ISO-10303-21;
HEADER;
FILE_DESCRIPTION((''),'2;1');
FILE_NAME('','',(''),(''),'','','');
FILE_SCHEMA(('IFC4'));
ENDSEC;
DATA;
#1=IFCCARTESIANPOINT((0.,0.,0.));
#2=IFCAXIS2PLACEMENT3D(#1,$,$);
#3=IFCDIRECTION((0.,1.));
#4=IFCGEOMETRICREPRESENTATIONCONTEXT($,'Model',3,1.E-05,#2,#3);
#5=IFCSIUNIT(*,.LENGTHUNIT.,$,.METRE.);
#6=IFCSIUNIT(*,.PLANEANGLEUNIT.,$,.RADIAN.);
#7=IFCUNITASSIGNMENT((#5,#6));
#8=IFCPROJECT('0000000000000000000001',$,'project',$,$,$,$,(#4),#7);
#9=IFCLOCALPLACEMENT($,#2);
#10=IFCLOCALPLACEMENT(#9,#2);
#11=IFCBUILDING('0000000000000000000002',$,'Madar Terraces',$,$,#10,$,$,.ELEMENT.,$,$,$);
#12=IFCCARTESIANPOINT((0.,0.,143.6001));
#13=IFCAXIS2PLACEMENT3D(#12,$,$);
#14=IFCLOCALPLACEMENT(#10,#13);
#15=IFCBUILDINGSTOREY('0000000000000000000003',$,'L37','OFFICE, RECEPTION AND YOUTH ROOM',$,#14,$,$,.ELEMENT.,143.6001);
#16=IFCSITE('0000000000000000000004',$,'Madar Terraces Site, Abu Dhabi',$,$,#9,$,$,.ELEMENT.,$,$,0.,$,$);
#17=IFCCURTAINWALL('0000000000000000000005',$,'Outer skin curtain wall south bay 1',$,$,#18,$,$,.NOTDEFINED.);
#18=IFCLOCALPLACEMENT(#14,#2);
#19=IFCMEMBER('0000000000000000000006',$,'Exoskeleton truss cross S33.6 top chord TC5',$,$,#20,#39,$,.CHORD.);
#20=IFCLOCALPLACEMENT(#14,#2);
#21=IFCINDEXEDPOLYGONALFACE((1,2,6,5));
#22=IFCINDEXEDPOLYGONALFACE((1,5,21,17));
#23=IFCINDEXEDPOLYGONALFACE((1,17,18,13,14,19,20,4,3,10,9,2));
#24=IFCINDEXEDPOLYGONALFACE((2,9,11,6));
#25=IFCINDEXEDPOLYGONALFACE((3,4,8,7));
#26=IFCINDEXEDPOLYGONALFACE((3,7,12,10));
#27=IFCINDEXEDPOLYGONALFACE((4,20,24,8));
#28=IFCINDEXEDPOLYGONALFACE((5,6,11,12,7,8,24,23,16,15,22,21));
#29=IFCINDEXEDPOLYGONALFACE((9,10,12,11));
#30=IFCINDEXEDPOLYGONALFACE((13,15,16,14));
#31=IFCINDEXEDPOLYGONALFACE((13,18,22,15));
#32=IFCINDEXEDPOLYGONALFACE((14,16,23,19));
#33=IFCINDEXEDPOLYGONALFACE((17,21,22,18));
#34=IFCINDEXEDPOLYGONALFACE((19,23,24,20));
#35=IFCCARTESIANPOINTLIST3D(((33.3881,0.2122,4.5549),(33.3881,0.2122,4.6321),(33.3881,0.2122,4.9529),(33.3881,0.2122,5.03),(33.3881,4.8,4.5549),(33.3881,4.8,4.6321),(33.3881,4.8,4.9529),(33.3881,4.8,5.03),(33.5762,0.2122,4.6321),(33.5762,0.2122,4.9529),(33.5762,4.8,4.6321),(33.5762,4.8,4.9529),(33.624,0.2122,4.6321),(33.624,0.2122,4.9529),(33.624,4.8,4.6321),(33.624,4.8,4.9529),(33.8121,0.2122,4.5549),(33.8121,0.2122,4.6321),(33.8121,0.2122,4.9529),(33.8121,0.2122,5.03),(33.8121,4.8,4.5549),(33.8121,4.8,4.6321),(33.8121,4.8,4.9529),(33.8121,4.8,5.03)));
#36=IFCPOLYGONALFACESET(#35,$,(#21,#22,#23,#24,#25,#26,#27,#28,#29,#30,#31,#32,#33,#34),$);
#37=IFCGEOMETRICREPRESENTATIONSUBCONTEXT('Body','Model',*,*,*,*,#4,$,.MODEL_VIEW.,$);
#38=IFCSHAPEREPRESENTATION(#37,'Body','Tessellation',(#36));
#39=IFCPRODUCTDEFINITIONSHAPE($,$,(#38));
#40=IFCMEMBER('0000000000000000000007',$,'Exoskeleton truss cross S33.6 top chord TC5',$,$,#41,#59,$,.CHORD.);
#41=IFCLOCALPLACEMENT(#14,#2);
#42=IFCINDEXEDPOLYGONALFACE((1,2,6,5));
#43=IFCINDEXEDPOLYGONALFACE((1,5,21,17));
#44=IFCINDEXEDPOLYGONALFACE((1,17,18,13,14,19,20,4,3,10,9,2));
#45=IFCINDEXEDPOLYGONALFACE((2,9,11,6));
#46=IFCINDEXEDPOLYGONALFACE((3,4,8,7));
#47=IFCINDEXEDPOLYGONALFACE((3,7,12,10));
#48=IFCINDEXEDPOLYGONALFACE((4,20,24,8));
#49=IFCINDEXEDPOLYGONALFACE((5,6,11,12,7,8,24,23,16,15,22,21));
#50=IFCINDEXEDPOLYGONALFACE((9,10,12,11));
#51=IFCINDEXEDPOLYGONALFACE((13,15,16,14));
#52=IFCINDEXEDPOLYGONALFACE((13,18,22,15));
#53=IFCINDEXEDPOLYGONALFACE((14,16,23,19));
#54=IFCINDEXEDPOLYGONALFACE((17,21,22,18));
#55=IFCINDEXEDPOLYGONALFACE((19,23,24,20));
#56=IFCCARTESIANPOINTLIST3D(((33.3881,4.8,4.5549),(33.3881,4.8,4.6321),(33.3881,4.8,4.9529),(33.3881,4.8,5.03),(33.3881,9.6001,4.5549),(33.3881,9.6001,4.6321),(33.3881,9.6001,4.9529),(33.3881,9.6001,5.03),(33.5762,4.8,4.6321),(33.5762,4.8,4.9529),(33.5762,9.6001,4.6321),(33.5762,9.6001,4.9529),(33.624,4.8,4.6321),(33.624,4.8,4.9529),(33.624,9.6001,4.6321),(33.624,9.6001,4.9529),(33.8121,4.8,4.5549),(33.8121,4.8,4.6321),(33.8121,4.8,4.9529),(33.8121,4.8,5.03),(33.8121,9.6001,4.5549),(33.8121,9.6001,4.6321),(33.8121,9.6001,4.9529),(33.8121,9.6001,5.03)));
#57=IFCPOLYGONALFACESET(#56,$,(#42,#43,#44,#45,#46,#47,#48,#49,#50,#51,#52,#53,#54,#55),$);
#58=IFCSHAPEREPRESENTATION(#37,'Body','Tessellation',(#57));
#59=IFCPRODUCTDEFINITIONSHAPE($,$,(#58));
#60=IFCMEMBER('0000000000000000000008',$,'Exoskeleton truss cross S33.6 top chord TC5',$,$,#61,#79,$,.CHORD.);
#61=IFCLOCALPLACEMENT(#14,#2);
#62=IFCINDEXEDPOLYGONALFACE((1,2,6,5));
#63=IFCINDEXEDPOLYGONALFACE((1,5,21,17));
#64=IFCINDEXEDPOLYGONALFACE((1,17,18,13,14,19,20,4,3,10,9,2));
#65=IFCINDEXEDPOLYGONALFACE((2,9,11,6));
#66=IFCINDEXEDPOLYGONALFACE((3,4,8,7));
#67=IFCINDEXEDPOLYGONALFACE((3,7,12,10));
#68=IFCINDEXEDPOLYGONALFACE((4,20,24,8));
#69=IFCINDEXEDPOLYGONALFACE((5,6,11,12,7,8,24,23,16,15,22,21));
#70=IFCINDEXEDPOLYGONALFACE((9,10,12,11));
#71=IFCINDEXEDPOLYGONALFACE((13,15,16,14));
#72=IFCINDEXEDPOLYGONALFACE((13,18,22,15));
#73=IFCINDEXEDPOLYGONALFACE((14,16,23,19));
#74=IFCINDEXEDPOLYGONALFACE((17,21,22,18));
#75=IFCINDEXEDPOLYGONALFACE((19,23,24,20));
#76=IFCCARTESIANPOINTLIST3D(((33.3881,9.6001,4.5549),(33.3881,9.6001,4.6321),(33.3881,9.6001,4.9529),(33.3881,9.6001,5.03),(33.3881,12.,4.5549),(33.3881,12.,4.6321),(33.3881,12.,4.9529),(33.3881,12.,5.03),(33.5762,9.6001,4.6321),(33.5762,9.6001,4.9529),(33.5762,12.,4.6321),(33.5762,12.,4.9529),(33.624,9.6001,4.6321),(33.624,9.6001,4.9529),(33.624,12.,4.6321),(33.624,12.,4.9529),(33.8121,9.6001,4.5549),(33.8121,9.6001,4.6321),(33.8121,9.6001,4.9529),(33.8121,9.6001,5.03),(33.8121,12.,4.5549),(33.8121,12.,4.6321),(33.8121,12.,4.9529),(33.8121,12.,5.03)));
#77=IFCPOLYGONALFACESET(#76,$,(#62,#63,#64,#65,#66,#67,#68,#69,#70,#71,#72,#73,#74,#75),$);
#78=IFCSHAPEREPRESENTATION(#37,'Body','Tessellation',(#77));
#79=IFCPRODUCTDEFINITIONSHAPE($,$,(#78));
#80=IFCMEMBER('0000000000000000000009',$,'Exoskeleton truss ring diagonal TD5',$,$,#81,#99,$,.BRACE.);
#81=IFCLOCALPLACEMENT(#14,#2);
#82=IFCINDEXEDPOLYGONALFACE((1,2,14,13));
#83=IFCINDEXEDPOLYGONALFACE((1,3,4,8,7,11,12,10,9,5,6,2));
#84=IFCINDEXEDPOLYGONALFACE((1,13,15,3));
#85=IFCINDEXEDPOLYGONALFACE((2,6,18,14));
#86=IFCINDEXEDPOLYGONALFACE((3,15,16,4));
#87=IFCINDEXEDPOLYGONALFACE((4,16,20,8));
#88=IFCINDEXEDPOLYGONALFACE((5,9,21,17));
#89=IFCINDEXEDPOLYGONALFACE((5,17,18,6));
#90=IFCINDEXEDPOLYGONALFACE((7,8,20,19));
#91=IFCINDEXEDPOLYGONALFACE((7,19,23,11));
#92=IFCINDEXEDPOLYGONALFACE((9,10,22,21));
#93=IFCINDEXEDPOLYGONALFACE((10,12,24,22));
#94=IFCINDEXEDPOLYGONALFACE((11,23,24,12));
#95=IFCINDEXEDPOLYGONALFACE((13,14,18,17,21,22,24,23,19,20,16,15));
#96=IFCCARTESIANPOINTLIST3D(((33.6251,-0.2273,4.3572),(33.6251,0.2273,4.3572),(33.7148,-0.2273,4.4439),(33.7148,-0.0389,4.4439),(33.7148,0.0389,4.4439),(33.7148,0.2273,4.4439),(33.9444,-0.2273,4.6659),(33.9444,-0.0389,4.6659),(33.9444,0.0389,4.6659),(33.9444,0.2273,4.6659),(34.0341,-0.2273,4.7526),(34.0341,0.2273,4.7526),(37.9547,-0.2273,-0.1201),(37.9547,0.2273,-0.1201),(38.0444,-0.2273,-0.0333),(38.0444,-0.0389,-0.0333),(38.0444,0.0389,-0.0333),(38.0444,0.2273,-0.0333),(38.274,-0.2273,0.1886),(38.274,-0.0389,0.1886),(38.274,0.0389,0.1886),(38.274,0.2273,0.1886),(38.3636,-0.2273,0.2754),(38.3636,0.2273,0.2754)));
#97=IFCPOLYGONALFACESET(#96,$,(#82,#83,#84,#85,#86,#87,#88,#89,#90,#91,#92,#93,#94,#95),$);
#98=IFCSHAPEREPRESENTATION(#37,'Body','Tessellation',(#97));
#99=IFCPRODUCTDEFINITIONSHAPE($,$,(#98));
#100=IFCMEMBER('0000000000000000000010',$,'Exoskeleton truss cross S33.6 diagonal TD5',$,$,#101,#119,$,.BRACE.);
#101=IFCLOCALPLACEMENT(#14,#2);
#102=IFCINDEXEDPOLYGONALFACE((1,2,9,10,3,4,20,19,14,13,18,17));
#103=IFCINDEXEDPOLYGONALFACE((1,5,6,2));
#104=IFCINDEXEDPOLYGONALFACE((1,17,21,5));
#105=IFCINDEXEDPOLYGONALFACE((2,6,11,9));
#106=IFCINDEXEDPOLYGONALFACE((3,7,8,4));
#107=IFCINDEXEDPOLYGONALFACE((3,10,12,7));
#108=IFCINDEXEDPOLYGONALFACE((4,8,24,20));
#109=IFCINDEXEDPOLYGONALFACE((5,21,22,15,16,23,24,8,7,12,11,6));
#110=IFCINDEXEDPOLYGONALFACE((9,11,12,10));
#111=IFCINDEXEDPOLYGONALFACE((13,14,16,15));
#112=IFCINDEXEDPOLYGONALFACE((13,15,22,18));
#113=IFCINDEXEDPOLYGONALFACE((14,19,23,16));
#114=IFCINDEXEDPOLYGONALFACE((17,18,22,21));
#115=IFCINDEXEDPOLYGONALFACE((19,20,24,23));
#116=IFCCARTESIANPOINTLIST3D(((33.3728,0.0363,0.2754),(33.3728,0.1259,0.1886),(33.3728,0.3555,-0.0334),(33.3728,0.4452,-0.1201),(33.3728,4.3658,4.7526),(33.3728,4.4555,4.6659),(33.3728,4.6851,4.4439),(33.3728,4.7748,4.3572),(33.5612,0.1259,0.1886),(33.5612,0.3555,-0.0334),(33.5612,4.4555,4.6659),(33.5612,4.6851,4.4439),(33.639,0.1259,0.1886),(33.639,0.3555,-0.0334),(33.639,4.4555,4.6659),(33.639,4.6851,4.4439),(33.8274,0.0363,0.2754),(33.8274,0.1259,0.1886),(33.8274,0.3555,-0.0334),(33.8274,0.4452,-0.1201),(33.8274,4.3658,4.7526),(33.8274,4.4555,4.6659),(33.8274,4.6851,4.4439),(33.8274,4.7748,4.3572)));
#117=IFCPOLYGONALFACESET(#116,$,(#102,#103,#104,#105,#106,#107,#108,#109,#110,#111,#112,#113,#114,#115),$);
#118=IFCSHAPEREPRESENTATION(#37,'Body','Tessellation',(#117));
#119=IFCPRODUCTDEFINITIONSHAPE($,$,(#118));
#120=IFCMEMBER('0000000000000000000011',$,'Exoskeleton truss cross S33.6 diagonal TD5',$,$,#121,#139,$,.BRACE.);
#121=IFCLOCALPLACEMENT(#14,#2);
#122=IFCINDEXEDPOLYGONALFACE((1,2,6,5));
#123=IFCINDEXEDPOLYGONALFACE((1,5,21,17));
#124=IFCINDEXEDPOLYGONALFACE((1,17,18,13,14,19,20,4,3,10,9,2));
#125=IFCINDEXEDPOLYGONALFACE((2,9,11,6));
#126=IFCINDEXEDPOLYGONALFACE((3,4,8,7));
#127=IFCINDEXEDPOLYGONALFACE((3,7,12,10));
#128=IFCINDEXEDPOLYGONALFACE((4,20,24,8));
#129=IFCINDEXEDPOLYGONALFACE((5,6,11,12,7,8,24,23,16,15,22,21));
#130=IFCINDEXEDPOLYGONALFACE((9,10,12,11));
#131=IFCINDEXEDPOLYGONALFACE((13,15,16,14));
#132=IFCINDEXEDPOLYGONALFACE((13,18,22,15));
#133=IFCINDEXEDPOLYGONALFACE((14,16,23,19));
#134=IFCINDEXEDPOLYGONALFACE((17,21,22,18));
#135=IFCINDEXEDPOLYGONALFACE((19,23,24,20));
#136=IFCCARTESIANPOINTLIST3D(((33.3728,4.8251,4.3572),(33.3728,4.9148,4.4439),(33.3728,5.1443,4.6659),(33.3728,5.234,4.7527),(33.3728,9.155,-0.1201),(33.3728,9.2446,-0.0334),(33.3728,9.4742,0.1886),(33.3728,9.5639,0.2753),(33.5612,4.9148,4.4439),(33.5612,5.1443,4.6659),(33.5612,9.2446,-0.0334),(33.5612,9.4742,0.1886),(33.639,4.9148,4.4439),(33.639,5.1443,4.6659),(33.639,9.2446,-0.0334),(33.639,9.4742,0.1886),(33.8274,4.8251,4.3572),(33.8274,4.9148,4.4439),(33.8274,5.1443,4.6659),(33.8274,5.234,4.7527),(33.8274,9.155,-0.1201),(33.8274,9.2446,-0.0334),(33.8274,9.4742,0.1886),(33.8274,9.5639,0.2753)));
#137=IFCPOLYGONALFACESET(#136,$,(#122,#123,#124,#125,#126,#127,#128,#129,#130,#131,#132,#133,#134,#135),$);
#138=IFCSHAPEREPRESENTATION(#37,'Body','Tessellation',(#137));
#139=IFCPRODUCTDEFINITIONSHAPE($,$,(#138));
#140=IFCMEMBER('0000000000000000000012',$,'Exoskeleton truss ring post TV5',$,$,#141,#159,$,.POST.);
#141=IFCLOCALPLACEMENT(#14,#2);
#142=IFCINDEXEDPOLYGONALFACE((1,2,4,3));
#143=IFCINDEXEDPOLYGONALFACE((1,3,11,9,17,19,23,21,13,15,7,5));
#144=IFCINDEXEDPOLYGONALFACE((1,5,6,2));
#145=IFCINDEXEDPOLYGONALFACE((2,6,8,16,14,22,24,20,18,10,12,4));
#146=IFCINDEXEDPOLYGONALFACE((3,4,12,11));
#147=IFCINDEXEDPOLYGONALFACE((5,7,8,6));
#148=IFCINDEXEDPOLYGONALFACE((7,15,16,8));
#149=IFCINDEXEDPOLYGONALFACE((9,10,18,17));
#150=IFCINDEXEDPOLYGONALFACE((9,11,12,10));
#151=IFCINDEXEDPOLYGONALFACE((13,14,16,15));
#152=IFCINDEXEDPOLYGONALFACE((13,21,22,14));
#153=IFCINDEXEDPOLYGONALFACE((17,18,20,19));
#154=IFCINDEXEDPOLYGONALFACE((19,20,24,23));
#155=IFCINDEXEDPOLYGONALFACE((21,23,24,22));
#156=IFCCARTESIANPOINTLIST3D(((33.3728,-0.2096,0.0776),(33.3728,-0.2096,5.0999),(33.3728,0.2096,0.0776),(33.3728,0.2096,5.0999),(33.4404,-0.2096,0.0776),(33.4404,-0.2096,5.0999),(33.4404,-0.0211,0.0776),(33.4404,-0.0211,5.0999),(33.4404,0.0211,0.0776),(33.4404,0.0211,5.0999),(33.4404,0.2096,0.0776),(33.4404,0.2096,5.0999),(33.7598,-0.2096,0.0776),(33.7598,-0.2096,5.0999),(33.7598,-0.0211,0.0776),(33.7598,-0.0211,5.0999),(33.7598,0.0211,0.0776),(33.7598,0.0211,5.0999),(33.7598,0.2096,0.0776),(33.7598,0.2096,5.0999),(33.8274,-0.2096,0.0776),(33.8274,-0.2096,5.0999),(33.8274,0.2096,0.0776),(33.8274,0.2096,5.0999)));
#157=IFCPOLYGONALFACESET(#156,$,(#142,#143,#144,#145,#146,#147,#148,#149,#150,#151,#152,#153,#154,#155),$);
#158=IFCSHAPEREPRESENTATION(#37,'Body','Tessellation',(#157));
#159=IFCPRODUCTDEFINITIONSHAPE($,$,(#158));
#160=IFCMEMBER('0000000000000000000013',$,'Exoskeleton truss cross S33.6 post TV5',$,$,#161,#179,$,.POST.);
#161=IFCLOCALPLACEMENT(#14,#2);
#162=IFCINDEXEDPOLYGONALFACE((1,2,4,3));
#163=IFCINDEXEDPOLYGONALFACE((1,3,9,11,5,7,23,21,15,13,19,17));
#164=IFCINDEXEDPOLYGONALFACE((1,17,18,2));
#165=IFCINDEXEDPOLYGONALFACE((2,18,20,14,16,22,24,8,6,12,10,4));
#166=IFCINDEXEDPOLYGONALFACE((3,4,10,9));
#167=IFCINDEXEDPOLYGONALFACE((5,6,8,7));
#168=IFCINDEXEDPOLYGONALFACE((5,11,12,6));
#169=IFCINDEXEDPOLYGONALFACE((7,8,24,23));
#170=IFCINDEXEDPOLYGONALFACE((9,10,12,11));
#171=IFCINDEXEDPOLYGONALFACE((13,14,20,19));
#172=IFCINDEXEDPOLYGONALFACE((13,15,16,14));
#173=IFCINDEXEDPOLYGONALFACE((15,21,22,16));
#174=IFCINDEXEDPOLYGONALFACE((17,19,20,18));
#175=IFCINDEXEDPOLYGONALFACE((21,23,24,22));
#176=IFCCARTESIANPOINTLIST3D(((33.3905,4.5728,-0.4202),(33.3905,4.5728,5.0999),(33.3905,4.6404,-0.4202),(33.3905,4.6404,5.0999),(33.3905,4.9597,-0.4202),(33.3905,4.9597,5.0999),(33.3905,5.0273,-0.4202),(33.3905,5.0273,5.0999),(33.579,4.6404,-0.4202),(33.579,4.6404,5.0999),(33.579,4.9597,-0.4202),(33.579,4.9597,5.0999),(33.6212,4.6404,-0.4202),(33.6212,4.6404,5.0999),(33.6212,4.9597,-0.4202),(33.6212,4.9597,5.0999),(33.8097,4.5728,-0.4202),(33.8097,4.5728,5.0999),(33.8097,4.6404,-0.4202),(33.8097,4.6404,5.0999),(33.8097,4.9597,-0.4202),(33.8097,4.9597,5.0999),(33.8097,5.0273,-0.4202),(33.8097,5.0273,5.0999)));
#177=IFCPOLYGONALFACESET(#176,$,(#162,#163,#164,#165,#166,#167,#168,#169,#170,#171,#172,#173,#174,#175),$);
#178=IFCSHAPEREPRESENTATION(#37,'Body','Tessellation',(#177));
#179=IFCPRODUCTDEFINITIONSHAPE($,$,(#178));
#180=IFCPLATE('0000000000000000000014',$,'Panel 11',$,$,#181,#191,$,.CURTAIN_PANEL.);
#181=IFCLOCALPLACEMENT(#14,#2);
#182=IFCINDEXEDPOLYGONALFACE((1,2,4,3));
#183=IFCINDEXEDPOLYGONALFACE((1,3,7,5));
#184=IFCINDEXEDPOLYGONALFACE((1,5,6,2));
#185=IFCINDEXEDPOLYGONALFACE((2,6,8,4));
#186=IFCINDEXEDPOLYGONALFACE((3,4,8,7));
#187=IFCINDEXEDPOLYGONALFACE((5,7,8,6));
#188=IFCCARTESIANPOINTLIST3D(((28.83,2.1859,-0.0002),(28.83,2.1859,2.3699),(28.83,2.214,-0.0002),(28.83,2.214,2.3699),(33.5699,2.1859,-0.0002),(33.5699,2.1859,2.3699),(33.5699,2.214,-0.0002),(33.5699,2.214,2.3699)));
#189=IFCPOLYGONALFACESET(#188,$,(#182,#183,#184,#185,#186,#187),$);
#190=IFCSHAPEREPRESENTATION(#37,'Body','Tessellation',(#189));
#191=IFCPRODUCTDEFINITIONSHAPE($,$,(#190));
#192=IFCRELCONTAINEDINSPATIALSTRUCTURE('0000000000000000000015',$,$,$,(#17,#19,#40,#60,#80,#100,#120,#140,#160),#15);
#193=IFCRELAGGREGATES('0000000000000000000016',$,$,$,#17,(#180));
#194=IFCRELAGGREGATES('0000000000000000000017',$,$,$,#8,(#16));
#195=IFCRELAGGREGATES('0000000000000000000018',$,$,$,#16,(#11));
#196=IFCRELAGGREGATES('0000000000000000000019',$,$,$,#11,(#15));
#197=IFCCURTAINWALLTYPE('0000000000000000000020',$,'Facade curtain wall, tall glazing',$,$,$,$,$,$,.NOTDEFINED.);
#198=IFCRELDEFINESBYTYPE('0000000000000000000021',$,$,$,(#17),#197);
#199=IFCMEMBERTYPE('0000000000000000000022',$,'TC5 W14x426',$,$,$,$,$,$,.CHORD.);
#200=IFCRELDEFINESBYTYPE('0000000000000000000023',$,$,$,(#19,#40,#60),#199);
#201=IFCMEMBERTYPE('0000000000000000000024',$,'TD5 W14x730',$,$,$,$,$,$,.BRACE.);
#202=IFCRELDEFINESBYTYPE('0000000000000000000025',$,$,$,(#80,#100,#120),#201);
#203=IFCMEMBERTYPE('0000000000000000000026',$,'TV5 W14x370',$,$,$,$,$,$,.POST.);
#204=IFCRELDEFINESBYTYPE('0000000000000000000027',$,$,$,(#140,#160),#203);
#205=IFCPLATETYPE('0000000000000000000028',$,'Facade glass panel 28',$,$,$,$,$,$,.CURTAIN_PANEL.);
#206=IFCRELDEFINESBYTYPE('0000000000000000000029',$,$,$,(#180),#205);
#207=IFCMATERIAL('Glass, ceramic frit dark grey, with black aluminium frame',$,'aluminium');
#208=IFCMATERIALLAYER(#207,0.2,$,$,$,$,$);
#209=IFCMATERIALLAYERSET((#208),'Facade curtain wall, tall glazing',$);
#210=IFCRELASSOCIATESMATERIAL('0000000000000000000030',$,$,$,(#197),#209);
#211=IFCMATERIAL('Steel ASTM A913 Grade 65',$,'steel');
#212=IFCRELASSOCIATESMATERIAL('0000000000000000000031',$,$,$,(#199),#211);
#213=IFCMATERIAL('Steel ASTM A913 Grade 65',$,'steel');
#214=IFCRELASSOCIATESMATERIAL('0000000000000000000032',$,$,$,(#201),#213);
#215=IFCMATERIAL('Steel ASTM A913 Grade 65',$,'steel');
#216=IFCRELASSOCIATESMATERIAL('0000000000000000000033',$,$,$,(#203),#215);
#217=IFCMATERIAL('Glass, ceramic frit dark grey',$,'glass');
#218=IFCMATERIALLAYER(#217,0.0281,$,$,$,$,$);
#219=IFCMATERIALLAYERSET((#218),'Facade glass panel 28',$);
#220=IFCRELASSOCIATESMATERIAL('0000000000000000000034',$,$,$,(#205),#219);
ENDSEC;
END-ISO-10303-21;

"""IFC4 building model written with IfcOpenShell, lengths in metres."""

from ifc_helpers import new_model, si_unit, direction, frame, origin, origin_2d, place, context, subcontext, project, spatial, rectangle, i_section, extrude, material, layer, layer_set, material_profile, profile_set, type_object, element, aggregate, save


model = new_model("IFC4")

# Units and contexts
model_context = context("Model", 3, precision=1e-05, world=origin(), true_north=direction((0.0, 1.0)))
body_context = subcontext(model_context, "Body", "Model", "MODEL_VIEW")
ifc_project = project(units=[si_unit("LENGTHUNIT", "METRE"), si_unit("PLANEANGLEUNIT", "RADIAN")], contexts=[model_context])

# Site, building, storey
site_placement = place(None, origin())
site = spatial("IfcSite", under=ifc_project, at=site_placement, Name="Madar Terraces Site, Abu Dhabi", CompositionType="ELEMENT", RefElevation=0.0)
building_placement = place(site_placement, origin())
building = spatial("IfcBuilding", under=site, at=building_placement, Name="Madar Terraces", CompositionType="ELEMENT")
storey_placement = place(building_placement, frame((0.0, 0.0, 143.6001)))
storey = spatial("IfcBuildingStorey", under=building, at=storey_placement, Name="L37", Description="OFFICE, RECEPTION AND YOUTH ROOM", CompositionType="ELEMENT", Elevation=143.6001)

# Curtain wall
ifc_material_1 = material(Name="Glass, ceramic frit dark grey, with black aluminium frame", Category="aluminium")
ifc_layer_1 = layer(ifc_material_1, 0.2)
ifc_layer_set_1 = layer_set([ifc_layer_1], Name="Facade curtain wall, tall glazing")
curtain_wall_type = type_object("IfcCurtainWallType", Name="Facade curtain wall, tall glazing", PredefinedType="NOTDEFINED", material=ifc_layer_set_1)
curtain_wall_placement = place(storey_placement, origin())
curtain_wall = element("IfcCurtainWall", 1, at=curtain_wall_placement, inside=storey, type_object=curtain_wall_type, Name="Outer skin curtain wall south bay 1", PredefinedType="NOTDEFINED")

# Members
ifc_material_2 = material(Name="Steel ASTM A913 Grade 65", Category="steel")
ifc_material_profile_1 = material_profile(ifc_material_2, i_section(OverallWidth=0.4241, OverallDepth=0.4751, WebThickness=0.0479, FlangeThickness=0.0771, at=origin_2d()), Name="W14x426")
ifc_profile_set_1 = profile_set([ifc_material_profile_1], Name="Steel ASTM A913 Grade 65")
member_type_1 = type_object("IfcMemberType", Name="TC5 W14x426", PredefinedType="CHORD", material=ifc_profile_set_1)
member_1_placement = place(storey_placement, frame((33.6001, 0.2122, 4.7925), z_axis=(0.0, 1.0, 0.0), x_axis=(-1.0, 0.0, 0.0)))
element("IfcMember", 2, at=member_1_placement, inside=storey, type_object=member_type_1, Name="Exoskeleton truss cross S33.6 top chord TC5", PredefinedType="CHORD", context=body_context, shape_type="SweptSolid", body=[
    extrude(i_section(OverallWidth=0.4241, OverallDepth=0.4751, WebThickness=0.0479, FlangeThickness=0.0771, at=origin_2d()), origin(), (0.0, 0.0, 1.0), 4.5879),
])
member_2_placement = place(storey_placement, frame((33.6001, 4.8, 4.7925), z_axis=(0.0, 1.0, 0.0), x_axis=(-1.0, 0.0, 0.0)))
element("IfcMember", 3, at=member_2_placement, inside=storey, type_object=member_type_1, Name="Exoskeleton truss cross S33.6 top chord TC5", PredefinedType="CHORD", context=body_context, shape_type="SweptSolid", body=[
    extrude(i_section(OverallWidth=0.4241, OverallDepth=0.4751, WebThickness=0.0479, FlangeThickness=0.0771, at=origin_2d()), origin(), (0.0, 0.0, 1.0), 4.8),
])
member_3_placement = place(storey_placement, frame((33.6001, 9.6001, 4.7925), z_axis=(0.0, 1.0, 0.0), x_axis=(-1.0, 0.0, 0.0)))
element("IfcMember", 4, at=member_3_placement, inside=storey, type_object=member_type_1, Name="Exoskeleton truss cross S33.6 top chord TC5", PredefinedType="CHORD", context=body_context, shape_type="SweptSolid", body=[
    extrude(i_section(OverallWidth=0.4241, OverallDepth=0.4751, WebThickness=0.0479, FlangeThickness=0.0771, at=origin_2d()), origin(), (0.0, 0.0, 1.0), 2.3999),
])
ifc_material_3 = material(Name="Steel ASTM A913 Grade 65", Category="steel")
ifc_material_profile_2 = material_profile(ifc_material_3, i_section(OverallWidth=0.4546, OverallDepth=0.5688, WebThickness=0.0779, FlangeThickness=0.1248, at=origin_2d()), Name="W14x730")
ifc_profile_set_2 = profile_set([ifc_material_profile_2], Name="Steel ASTM A913 Grade 65")
member_type_2 = type_object("IfcMemberType", Name="TD5 W14x730", PredefinedType="BRACE", material=ifc_profile_set_2)
for number, where, z_axis, x_axis, name in (
    (5, (33.8296, 0.0, 4.5549), (0.69515, 0.0, -0.718865), (0.0, 1.0, 0.0), "Exoskeleton truss ring diagonal TD5"),
    (6, (33.6001, 0.2407, 0.0776), (0.0, 0.69515, 0.718865), (-1.0, 0.0, 0.0), "Exoskeleton truss cross S33.6 diagonal TD5"),
):
    element("IfcMember", number, at=place(storey_placement, frame(where, z_axis=z_axis, x_axis=x_axis)), inside=storey, type_object=member_type_2, Name=name, PredefinedType="BRACE", context=body_context, shape_type="SweptSolid", body=[
        extrude(i_section(OverallWidth=0.4546, OverallDepth=0.5688, WebThickness=0.0779, FlangeThickness=0.1248, at=origin_2d()), origin(), (0.0, 0.0, 1.0), 6.2283),
    ])
member_4_placement = place(storey_placement, frame((33.6001, 5.0295, 4.5549), z_axis=(0.0, 0.69517, -0.718845), x_axis=(-1.0, 0.0, 0.0)))
element("IfcMember", 7, at=member_4_placement, inside=storey, type_object=member_type_2, Name="Exoskeleton truss cross S33.6 diagonal TD5", PredefinedType="BRACE", context=body_context, shape_type="SweptSolid", body=[
    extrude(i_section(OverallWidth=0.4546, OverallDepth=0.5688, WebThickness=0.0779, FlangeThickness=0.1248, at=origin_2d()), origin(), (0.0, 0.0, 1.0), 6.2285),
])
ifc_material_4 = material(Name="Steel ASTM A913 Grade 65", Category="steel")
ifc_material_profile_3 = material_profile(ifc_material_4, i_section(OverallWidth=0.4192, OverallDepth=0.4546, WebThickness=0.0422, FlangeThickness=0.0676, at=origin_2d()), Name="W14x370")
ifc_profile_set_3 = profile_set([ifc_material_profile_3], Name="Steel ASTM A913 Grade 65")
member_type_3 = type_object("IfcMemberType", Name="TV5 W14x370", PredefinedType="POST", material=ifc_profile_set_3)
member_5_placement = place(storey_placement, frame((33.6001, 0.0, 0.0776), z_axis=(0.0, 0.0, 1.0), x_axis=(0.0, 1.0, 0.0)))
element("IfcMember", 8, at=member_5_placement, inside=storey, type_object=member_type_3, Name="Exoskeleton truss ring post TV5", PredefinedType="POST", context=body_context, shape_type="SweptSolid", body=[
    extrude(i_section(OverallWidth=0.4192, OverallDepth=0.4546, WebThickness=0.0422, FlangeThickness=0.0676, at=origin_2d()), origin(), (0.0, 0.0, 1.0), 5.0222),
])
member_6_placement = place(storey_placement, frame((33.6001, 4.8, -0.4202), z_axis=(0.0, 0.0, 1.0), x_axis=(-1.0, 0.0, 0.0)))
element("IfcMember", 9, at=member_6_placement, inside=storey, type_object=member_type_3, Name="Exoskeleton truss cross S33.6 post TV5", PredefinedType="POST", context=body_context, shape_type="SweptSolid", body=[
    extrude(i_section(OverallWidth=0.4192, OverallDepth=0.4546, WebThickness=0.0422, FlangeThickness=0.0676, at=origin_2d()), origin(), (0.0, 0.0, 1.0), 5.52),
])

# Plate
ifc_material_5 = material(Name="Glass, ceramic frit dark grey", Category="glass")
ifc_layer_2 = layer(ifc_material_5, 0.0281)
ifc_layer_set_2 = layer_set([ifc_layer_2], Name="Facade glass panel 28")
plate_type = type_object("IfcPlateType", Name="Facade glass panel 28", PredefinedType="CURTAIN_PANEL", material=ifc_layer_set_2)
plate_1_placement = place(storey_placement, frame((31.2, 2.2, -0.0002), z_axis=(0.0, 0.0, 1.0), x_axis=(1.0, 0.0, 0.0)))
plate_1 = element("IfcPlate", 10, at=plate_1_placement, type_object=plate_type, Name="Panel 11", PredefinedType="CURTAIN_PANEL", context=body_context, shape_type="SweptSolid", body=[
    extrude(rectangle(XDim=4.74, YDim=0.0281, at=origin_2d()), origin(), (0.0, 0.0, 1.0), 2.3701),
])
aggregate(curtain_wall, [plate_1])

save(model, "model.ifc")
